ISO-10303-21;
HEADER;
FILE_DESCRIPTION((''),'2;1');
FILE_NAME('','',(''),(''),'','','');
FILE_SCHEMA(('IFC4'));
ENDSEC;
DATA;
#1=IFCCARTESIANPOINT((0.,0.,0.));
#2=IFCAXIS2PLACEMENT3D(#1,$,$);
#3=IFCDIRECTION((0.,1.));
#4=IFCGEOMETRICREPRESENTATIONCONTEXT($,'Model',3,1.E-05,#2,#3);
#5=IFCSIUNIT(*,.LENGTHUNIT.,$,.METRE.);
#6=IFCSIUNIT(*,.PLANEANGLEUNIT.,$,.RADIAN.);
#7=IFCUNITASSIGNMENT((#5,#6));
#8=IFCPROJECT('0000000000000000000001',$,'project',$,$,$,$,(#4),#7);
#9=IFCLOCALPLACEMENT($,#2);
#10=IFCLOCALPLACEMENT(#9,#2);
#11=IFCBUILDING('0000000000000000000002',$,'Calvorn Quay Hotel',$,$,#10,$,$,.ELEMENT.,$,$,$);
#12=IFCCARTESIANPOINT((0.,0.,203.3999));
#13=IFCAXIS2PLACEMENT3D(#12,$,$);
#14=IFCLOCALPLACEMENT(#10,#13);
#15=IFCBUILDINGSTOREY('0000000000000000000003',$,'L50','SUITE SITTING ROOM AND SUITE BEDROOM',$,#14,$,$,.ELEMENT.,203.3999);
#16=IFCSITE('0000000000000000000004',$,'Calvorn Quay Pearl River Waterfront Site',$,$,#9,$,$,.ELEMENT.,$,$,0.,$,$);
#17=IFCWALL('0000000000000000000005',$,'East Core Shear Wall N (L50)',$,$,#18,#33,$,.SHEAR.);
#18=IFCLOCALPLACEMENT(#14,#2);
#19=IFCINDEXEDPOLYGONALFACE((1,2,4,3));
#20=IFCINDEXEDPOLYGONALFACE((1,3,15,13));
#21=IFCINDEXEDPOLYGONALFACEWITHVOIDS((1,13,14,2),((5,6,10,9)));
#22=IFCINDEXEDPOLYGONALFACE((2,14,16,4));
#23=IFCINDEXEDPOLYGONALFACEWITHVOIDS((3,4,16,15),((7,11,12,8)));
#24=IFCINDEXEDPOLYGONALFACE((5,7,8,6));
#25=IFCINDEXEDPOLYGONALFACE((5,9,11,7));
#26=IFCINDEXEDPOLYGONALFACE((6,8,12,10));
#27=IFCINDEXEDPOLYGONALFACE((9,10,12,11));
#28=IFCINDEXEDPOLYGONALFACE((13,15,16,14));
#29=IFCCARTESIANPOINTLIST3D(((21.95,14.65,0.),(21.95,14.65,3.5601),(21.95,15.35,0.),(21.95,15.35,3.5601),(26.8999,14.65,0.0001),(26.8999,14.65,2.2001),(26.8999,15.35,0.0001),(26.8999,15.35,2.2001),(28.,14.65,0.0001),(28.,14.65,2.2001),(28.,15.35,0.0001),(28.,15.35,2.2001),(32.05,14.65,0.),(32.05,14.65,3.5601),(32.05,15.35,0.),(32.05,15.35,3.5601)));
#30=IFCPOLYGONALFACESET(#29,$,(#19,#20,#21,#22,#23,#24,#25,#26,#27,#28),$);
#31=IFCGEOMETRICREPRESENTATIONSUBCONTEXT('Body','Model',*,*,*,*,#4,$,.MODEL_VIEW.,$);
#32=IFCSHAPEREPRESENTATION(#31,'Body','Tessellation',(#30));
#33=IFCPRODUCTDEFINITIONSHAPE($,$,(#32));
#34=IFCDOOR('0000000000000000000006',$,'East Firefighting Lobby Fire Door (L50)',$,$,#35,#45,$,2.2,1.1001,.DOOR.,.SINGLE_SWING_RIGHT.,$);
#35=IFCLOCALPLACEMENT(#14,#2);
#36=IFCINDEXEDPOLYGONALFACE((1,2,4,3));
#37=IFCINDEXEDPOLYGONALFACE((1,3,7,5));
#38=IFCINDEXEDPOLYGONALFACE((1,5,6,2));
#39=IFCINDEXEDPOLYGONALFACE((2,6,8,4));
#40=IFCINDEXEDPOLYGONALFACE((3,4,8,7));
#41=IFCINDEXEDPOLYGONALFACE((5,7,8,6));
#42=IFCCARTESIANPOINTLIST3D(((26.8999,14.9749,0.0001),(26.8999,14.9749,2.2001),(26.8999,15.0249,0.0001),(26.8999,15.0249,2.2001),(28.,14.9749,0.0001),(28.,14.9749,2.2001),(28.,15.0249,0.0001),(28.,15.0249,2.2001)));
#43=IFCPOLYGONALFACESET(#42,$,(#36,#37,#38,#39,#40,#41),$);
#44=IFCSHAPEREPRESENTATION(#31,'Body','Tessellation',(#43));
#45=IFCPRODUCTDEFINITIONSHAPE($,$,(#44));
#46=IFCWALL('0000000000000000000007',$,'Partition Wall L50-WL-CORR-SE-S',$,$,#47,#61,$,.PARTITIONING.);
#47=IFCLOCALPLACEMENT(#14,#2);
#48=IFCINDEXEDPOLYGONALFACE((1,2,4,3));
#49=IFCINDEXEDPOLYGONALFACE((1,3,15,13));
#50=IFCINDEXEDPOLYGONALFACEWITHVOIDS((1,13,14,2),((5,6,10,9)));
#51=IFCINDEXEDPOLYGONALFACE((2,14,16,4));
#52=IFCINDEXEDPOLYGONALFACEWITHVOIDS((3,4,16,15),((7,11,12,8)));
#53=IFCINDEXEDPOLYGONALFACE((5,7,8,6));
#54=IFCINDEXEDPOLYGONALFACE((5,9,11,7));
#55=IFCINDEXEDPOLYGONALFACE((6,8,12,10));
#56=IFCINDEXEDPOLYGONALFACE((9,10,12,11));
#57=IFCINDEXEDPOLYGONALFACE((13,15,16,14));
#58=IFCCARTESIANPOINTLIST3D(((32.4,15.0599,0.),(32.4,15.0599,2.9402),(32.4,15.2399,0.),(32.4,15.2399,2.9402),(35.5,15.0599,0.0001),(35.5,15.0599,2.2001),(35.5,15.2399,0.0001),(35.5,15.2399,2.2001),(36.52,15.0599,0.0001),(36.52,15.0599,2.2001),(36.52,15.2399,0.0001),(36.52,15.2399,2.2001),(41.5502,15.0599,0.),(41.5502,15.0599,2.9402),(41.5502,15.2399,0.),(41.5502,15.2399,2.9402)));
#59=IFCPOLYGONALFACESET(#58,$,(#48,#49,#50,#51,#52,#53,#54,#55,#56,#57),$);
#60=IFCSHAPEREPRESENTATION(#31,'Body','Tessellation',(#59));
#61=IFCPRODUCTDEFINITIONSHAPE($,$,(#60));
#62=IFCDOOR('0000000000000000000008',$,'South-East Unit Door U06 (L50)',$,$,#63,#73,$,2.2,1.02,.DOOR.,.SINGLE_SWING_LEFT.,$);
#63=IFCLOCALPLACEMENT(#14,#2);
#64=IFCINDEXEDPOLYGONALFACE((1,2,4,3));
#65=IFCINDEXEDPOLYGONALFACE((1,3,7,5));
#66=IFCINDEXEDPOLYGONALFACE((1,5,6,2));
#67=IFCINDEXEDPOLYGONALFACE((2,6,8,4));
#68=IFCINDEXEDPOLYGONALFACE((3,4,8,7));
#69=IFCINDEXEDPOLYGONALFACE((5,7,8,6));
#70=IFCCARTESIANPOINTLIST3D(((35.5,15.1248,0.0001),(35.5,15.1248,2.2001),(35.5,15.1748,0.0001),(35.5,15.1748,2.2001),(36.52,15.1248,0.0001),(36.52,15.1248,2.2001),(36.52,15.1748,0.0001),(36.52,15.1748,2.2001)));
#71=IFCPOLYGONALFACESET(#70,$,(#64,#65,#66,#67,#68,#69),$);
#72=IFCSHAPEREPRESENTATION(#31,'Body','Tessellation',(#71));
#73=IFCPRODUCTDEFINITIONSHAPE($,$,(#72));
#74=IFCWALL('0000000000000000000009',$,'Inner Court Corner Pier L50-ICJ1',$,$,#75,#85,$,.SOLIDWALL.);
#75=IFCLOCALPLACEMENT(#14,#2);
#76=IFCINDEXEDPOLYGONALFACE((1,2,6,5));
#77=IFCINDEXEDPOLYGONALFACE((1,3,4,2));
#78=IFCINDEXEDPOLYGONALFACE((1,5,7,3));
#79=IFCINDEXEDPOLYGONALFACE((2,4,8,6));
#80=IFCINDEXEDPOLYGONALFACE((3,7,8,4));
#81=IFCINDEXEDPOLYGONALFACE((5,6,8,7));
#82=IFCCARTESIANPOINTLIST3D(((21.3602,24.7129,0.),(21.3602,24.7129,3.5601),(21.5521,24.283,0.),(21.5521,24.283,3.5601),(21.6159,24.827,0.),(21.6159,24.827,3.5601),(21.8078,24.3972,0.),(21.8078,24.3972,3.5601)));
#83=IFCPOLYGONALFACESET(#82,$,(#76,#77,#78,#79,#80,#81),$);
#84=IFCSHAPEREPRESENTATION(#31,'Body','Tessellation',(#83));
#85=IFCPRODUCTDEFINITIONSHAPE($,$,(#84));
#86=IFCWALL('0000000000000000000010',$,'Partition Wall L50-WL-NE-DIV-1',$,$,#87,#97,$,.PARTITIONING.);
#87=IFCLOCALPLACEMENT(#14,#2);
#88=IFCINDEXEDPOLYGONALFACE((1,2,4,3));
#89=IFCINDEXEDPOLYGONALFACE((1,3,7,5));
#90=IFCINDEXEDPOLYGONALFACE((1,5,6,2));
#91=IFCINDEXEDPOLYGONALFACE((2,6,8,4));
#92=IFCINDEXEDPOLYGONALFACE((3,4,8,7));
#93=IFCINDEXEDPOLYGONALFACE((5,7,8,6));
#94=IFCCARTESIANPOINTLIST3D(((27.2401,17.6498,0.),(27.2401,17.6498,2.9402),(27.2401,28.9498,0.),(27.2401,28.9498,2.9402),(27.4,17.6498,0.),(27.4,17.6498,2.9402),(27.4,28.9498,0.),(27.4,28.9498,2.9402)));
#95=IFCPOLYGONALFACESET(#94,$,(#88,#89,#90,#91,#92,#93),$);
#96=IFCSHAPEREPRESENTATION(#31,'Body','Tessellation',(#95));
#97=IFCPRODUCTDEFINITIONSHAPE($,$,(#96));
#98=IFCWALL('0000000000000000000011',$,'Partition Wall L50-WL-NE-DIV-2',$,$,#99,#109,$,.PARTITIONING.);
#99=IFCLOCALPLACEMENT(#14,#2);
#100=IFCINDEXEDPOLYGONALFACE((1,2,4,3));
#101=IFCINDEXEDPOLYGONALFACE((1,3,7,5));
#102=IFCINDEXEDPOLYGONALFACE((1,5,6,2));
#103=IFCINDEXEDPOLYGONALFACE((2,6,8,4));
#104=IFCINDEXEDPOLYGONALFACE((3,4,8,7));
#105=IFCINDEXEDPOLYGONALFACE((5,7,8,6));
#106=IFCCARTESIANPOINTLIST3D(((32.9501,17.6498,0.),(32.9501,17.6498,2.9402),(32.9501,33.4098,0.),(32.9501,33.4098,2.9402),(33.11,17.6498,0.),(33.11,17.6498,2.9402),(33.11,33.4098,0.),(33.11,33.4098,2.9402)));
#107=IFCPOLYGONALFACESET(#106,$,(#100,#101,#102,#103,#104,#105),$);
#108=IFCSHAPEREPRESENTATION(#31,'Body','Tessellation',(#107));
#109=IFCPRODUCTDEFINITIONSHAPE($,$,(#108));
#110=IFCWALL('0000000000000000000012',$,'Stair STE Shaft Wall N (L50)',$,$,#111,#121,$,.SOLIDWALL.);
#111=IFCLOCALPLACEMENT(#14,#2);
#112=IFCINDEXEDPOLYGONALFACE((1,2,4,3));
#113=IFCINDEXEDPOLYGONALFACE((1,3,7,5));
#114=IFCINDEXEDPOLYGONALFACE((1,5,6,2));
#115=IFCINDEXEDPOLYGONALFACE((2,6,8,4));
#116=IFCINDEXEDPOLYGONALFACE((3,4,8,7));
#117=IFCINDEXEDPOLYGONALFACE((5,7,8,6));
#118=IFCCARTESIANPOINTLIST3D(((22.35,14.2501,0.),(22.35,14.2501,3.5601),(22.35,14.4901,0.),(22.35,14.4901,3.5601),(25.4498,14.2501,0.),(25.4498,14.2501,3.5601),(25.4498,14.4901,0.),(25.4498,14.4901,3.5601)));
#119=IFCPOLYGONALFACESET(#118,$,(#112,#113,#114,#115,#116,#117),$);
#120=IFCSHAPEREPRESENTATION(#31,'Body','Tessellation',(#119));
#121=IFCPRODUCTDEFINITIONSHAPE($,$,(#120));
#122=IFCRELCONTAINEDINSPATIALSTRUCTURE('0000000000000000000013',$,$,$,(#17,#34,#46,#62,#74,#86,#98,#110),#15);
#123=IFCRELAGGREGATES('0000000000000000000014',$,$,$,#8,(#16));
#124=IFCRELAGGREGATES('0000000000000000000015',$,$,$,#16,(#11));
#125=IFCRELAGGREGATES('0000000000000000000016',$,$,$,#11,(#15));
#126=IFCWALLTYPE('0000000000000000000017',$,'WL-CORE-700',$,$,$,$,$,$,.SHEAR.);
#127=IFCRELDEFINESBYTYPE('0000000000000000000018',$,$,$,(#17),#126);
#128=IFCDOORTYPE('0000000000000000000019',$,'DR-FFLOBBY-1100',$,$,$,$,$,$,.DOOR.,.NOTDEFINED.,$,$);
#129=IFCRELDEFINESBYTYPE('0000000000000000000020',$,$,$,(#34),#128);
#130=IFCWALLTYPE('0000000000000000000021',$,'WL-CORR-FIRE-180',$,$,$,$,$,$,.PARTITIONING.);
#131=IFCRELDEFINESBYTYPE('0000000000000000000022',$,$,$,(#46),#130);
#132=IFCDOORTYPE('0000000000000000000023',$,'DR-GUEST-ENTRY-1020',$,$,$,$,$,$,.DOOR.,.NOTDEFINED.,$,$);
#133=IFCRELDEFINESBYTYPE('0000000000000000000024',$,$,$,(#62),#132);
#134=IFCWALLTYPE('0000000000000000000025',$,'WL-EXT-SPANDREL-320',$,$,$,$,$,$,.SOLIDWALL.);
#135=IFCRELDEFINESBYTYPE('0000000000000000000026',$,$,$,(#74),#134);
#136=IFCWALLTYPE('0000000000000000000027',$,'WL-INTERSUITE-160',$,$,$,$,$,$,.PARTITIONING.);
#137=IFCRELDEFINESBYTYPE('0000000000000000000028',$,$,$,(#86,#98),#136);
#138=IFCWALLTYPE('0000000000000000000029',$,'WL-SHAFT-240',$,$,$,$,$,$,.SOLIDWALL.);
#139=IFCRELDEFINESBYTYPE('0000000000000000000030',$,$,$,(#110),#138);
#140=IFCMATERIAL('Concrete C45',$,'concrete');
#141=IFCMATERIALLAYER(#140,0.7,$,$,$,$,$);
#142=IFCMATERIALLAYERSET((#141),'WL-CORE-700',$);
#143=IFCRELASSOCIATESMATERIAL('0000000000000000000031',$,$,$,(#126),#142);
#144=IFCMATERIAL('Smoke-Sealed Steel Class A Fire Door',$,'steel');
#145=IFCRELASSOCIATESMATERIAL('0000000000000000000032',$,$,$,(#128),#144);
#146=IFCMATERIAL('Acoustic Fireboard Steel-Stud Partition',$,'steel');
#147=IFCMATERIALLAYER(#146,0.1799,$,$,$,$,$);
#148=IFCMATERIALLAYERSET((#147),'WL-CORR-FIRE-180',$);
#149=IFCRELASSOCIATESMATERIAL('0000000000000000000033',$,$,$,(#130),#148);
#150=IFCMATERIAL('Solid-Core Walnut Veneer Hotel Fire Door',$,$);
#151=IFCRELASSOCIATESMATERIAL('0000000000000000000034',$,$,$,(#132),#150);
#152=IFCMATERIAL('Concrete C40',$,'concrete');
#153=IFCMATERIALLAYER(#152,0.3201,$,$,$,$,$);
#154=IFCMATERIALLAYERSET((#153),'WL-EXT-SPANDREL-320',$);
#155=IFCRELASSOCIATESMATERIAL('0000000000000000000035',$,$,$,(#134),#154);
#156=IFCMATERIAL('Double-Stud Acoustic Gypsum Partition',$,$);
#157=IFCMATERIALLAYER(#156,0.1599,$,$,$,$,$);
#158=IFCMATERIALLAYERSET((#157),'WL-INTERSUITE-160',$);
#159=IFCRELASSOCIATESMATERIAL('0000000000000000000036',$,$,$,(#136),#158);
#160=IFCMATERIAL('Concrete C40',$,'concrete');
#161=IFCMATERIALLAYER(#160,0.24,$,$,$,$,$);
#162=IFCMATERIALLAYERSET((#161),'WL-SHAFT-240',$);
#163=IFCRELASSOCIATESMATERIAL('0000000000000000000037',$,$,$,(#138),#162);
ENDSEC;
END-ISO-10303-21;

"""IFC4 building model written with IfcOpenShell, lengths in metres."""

from ifc_helpers import new_model, si_unit, direction, frame, frame_2d, origin, place, context, subcontext, project, spatial, rectangle, extrude, material, layer, layer_set, type_object, element, fill, save


model = new_model("IFC4")

# Units and contexts
model_context = context("Model", 3, precision=1e-05, world=origin(), true_north=direction((0.0, 1.0)))
body_context = subcontext(model_context, "Body", "Model", "MODEL_VIEW")
ifc_project = project(units=[si_unit("LENGTHUNIT", "METRE"), si_unit("PLANEANGLEUNIT", "RADIAN")], contexts=[model_context])

# Site, building, storey
site_placement = place(None, origin())
site = spatial("IfcSite", under=ifc_project, at=site_placement, Name="Calvorn Quay Pearl River Waterfront Site", CompositionType="ELEMENT", RefElevation=0.0)
building_placement = place(site_placement, origin())
building = spatial("IfcBuilding", under=site, at=building_placement, Name="Calvorn Quay Hotel", CompositionType="ELEMENT")
storey_placement = place(building_placement, frame((0.0, 0.0, 203.3999)))
storey = spatial("IfcBuildingStorey", under=building, at=storey_placement, Name="L50", Description="SUITE SITTING ROOM AND SUITE BEDROOM", CompositionType="ELEMENT", Elevation=203.3999)

# Walls, openings, doors
ifc_material_1 = material(Name="Concrete C45", Category="concrete")
ifc_layer_1 = layer(ifc_material_1, 0.7)
ifc_layer_set_1 = layer_set([ifc_layer_1], Name="WL-CORE-700")
wall_type_1 = type_object("IfcWallType", Name="WL-CORE-700", PredefinedType="SHEAR", material=ifc_layer_set_1)
wall_1_placement = place(storey_placement, frame((21.95, 15.0, 0.0), z_axis=(0.0, 0.0, 1.0), x_axis=(1.0, 0.0, 0.0)))
wall_1 = element("IfcWall", 1, at=wall_1_placement, inside=storey, type_object=wall_type_1, Name="East Core Shear Wall N (L50)", PredefinedType="SHEAR", context=body_context, shape_type="SweptSolid", body=[
    extrude(rectangle(XDim=10.1001, YDim=0.7, at=frame_2d((5.05, 0.0))), origin(), (0.0, 0.0, 1.0), 3.5601),
])
opening_1_placement = place(wall_1_placement, frame((4.95, 0.0, 0.0)))
opening_1 = element("IfcOpeningElement", 2, at=opening_1_placement, cuts=wall_1, PredefinedType="OPENING", context=body_context, shape_type="SweptSolid", body=[
    extrude(rectangle(XDim=1.1001, YDim=2.2, at=frame_2d((0.55, 1.1001))), frame((0.0, 0.3599, 0.0), z_axis=(0.0, -1.0, 0.0), x_axis=(1.0, 0.0, 0.0)), (0.0, 0.0, 1.0), 0.72),
])
ifc_material_2 = material(Name="Smoke-Sealed Steel Class A Fire Door", Category="steel")
door_type_1 = type_object("IfcDoorType", Name="DR-FFLOBBY-1100", OperationType="NOTDEFINED", PredefinedType="DOOR", material=ifc_material_2)
door_1_placement = place(opening_1_placement, origin())
door_1 = element("IfcDoor", 3, at=door_1_placement, inside=storey, type_object=door_type_1, Name="East Firefighting Lobby Fire Door (L50)", OperationType="SINGLE_SWING_RIGHT", OverallHeight=2.2, OverallWidth=1.1001, PredefinedType="DOOR", context=body_context, shape_type="SweptSolid", body=[
    extrude(rectangle(XDim=1.1001, YDim=2.2, at=frame_2d((0.55, 1.1001))), frame((0.0, 0.0249, 0.0), z_axis=(0.0, -1.0, 0.0), x_axis=(1.0, 0.0, 0.0)), (0.0, 0.0, 1.0), 0.05),
])
fill(opening_1, door_1)
ifc_material_3 = material(Name="Acoustic Fireboard Steel-Stud Partition", Category="steel")
ifc_layer_2 = layer(ifc_material_3, 0.1799)
ifc_layer_set_2 = layer_set([ifc_layer_2], Name="WL-CORR-FIRE-180")
wall_type_2 = type_object("IfcWallType", Name="WL-CORR-FIRE-180", PredefinedType="PARTITIONING", material=ifc_layer_set_2)
wall_2_placement = place(storey_placement, frame((32.3999, 15.1499, 0.0), z_axis=(0.0, 0.0, 1.0), x_axis=(1.0, 0.0, 0.0)))
wall_2 = element("IfcWall", 4, at=wall_2_placement, inside=storey, type_object=wall_type_2, Name="Partition Wall L50-WL-CORR-SE-S", PredefinedType="PARTITIONING", context=body_context, shape_type="SweptSolid", body=[
    extrude(rectangle(XDim=9.1501, YDim=0.1799, at=frame_2d((4.5752, 0.0))), origin(), (0.0, 0.0, 1.0), 2.9402),
])
opening_2_placement = place(wall_2_placement, frame((3.1001, 0.0, 0.0)))
opening_2 = element("IfcOpeningElement", 5, at=opening_2_placement, cuts=wall_2, PredefinedType="OPENING", context=body_context, shape_type="SweptSolid", body=[
    extrude(rectangle(XDim=1.02, YDim=2.2, at=frame_2d((0.51, 1.1001))), frame((0.0, 0.0999, 0.0), z_axis=(0.0, -1.0, 0.0), x_axis=(1.0, 0.0, 0.0)), (0.0, 0.0, 1.0), 0.2),
])
ifc_material_4 = material(Name="Solid-Core Walnut Veneer Hotel Fire Door")
door_type_2 = type_object("IfcDoorType", Name="DR-GUEST-ENTRY-1020", OperationType="NOTDEFINED", PredefinedType="DOOR", material=ifc_material_4)
door_2_placement = place(opening_2_placement, origin())
door_2 = element("IfcDoor", 6, at=door_2_placement, inside=storey, type_object=door_type_2, Name="South-East Unit Door U06 (L50)", OperationType="SINGLE_SWING_LEFT", OverallHeight=2.2, OverallWidth=1.02, PredefinedType="DOOR", context=body_context, shape_type="SweptSolid", body=[
    extrude(rectangle(XDim=1.02, YDim=2.2, at=frame_2d((0.51, 1.1001))), frame((0.0, 0.0249, 0.0), z_axis=(0.0, -1.0, 0.0), x_axis=(1.0, 0.0, 0.0)), (0.0, 0.0, 1.0), 0.05),
])
fill(opening_2, door_2)

# Walls
ifc_material_5 = material(Name="Concrete C40", Category="concrete")
ifc_layer_3 = layer(ifc_material_5, 0.3201)
ifc_layer_set_3 = layer_set([ifc_layer_3], Name="WL-EXT-SPANDREL-320")
wall_type_3 = type_object("IfcWallType", Name="WL-EXT-SPANDREL-320", PredefinedType="SOLIDWALL", material=ifc_layer_set_3)
wall_3_placement = place(storey_placement, frame((21.6799, 24.3401, 0.0), z_axis=(0.0, 0.0, 1.0), x_axis=(-0.407581, 0.913169, 0.0)))
element("IfcWall", 7, at=wall_3_placement, inside=storey, type_object=wall_type_3, Name="Inner Court Corner Pier L50-ICJ1", PredefinedType="SOLIDWALL", context=body_context, shape_type="SweptSolid", body=[
    extrude(rectangle(XDim=0.4707, YDim=0.28, at=frame_2d((0.2354, 0.0))), origin(), (0.0, 0.0, 1.0), 3.5601),
])
ifc_material_6 = material(Name="Double-Stud Acoustic Gypsum Partition")
ifc_layer_4 = layer(ifc_material_6, 0.1599)
ifc_layer_set_4 = layer_set([ifc_layer_4], Name="WL-INTERSUITE-160")
wall_type_4 = type_object("IfcWallType", Name="WL-INTERSUITE-160", PredefinedType="PARTITIONING", material=ifc_layer_set_4)
wall_4_placement = place(storey_placement, frame((27.3201, 17.6499, 0.0), z_axis=(0.0, 0.0, 1.0), x_axis=(0.0, 1.0, 0.0)))
element("IfcWall", 8, at=wall_4_placement, inside=storey, type_object=wall_type_4, Name="Partition Wall L50-WL-NE-DIV-1", PredefinedType="PARTITIONING", context=body_context, shape_type="SweptSolid", body=[
    extrude(rectangle(XDim=11.3, YDim=0.1599, at=frame_2d((5.6499, 0.0))), origin(), (0.0, 0.0, 1.0), 2.9402),
])
wall_5_placement = place(storey_placement, frame((33.03, 17.6499, 0.0), z_axis=(0.0, 0.0, 1.0), x_axis=(0.0, 1.0, 0.0)))
element("IfcWall", 9, at=wall_5_placement, inside=storey, type_object=wall_type_4, Name="Partition Wall L50-WL-NE-DIV-2", PredefinedType="PARTITIONING", context=body_context, shape_type="SweptSolid", body=[
    extrude(rectangle(XDim=15.76, YDim=0.1599, at=frame_2d((7.8799, 0.0))), origin(), (0.0, 0.0, 1.0), 2.9402),
])
ifc_material_7 = material(Name="Concrete C40", Category="concrete")
ifc_layer_5 = layer(ifc_material_7, 0.24)
ifc_layer_set_5 = layer_set([ifc_layer_5], Name="WL-SHAFT-240")
wall_type_5 = type_object("IfcWallType", Name="WL-SHAFT-240", PredefinedType="SOLIDWALL", material=ifc_layer_set_5)
wall_6_placement = place(storey_placement, frame((22.3501, 14.3701, 0.0), z_axis=(0.0, 0.0, 1.0), x_axis=(1.0, 0.0, 0.0)))
element("IfcWall", 10, at=wall_6_placement, inside=storey, type_object=wall_type_5, Name="Stair STE Shaft Wall N (L50)", PredefinedType="SOLIDWALL", context=body_context, shape_type="SweptSolid", body=[
    extrude(rectangle(XDim=3.0999, YDim=0.24, at=frame_2d((1.5498, 0.0))), origin(), (0.0, 0.0, 1.0), 3.5601),
])

save(model, "model.ifc")
